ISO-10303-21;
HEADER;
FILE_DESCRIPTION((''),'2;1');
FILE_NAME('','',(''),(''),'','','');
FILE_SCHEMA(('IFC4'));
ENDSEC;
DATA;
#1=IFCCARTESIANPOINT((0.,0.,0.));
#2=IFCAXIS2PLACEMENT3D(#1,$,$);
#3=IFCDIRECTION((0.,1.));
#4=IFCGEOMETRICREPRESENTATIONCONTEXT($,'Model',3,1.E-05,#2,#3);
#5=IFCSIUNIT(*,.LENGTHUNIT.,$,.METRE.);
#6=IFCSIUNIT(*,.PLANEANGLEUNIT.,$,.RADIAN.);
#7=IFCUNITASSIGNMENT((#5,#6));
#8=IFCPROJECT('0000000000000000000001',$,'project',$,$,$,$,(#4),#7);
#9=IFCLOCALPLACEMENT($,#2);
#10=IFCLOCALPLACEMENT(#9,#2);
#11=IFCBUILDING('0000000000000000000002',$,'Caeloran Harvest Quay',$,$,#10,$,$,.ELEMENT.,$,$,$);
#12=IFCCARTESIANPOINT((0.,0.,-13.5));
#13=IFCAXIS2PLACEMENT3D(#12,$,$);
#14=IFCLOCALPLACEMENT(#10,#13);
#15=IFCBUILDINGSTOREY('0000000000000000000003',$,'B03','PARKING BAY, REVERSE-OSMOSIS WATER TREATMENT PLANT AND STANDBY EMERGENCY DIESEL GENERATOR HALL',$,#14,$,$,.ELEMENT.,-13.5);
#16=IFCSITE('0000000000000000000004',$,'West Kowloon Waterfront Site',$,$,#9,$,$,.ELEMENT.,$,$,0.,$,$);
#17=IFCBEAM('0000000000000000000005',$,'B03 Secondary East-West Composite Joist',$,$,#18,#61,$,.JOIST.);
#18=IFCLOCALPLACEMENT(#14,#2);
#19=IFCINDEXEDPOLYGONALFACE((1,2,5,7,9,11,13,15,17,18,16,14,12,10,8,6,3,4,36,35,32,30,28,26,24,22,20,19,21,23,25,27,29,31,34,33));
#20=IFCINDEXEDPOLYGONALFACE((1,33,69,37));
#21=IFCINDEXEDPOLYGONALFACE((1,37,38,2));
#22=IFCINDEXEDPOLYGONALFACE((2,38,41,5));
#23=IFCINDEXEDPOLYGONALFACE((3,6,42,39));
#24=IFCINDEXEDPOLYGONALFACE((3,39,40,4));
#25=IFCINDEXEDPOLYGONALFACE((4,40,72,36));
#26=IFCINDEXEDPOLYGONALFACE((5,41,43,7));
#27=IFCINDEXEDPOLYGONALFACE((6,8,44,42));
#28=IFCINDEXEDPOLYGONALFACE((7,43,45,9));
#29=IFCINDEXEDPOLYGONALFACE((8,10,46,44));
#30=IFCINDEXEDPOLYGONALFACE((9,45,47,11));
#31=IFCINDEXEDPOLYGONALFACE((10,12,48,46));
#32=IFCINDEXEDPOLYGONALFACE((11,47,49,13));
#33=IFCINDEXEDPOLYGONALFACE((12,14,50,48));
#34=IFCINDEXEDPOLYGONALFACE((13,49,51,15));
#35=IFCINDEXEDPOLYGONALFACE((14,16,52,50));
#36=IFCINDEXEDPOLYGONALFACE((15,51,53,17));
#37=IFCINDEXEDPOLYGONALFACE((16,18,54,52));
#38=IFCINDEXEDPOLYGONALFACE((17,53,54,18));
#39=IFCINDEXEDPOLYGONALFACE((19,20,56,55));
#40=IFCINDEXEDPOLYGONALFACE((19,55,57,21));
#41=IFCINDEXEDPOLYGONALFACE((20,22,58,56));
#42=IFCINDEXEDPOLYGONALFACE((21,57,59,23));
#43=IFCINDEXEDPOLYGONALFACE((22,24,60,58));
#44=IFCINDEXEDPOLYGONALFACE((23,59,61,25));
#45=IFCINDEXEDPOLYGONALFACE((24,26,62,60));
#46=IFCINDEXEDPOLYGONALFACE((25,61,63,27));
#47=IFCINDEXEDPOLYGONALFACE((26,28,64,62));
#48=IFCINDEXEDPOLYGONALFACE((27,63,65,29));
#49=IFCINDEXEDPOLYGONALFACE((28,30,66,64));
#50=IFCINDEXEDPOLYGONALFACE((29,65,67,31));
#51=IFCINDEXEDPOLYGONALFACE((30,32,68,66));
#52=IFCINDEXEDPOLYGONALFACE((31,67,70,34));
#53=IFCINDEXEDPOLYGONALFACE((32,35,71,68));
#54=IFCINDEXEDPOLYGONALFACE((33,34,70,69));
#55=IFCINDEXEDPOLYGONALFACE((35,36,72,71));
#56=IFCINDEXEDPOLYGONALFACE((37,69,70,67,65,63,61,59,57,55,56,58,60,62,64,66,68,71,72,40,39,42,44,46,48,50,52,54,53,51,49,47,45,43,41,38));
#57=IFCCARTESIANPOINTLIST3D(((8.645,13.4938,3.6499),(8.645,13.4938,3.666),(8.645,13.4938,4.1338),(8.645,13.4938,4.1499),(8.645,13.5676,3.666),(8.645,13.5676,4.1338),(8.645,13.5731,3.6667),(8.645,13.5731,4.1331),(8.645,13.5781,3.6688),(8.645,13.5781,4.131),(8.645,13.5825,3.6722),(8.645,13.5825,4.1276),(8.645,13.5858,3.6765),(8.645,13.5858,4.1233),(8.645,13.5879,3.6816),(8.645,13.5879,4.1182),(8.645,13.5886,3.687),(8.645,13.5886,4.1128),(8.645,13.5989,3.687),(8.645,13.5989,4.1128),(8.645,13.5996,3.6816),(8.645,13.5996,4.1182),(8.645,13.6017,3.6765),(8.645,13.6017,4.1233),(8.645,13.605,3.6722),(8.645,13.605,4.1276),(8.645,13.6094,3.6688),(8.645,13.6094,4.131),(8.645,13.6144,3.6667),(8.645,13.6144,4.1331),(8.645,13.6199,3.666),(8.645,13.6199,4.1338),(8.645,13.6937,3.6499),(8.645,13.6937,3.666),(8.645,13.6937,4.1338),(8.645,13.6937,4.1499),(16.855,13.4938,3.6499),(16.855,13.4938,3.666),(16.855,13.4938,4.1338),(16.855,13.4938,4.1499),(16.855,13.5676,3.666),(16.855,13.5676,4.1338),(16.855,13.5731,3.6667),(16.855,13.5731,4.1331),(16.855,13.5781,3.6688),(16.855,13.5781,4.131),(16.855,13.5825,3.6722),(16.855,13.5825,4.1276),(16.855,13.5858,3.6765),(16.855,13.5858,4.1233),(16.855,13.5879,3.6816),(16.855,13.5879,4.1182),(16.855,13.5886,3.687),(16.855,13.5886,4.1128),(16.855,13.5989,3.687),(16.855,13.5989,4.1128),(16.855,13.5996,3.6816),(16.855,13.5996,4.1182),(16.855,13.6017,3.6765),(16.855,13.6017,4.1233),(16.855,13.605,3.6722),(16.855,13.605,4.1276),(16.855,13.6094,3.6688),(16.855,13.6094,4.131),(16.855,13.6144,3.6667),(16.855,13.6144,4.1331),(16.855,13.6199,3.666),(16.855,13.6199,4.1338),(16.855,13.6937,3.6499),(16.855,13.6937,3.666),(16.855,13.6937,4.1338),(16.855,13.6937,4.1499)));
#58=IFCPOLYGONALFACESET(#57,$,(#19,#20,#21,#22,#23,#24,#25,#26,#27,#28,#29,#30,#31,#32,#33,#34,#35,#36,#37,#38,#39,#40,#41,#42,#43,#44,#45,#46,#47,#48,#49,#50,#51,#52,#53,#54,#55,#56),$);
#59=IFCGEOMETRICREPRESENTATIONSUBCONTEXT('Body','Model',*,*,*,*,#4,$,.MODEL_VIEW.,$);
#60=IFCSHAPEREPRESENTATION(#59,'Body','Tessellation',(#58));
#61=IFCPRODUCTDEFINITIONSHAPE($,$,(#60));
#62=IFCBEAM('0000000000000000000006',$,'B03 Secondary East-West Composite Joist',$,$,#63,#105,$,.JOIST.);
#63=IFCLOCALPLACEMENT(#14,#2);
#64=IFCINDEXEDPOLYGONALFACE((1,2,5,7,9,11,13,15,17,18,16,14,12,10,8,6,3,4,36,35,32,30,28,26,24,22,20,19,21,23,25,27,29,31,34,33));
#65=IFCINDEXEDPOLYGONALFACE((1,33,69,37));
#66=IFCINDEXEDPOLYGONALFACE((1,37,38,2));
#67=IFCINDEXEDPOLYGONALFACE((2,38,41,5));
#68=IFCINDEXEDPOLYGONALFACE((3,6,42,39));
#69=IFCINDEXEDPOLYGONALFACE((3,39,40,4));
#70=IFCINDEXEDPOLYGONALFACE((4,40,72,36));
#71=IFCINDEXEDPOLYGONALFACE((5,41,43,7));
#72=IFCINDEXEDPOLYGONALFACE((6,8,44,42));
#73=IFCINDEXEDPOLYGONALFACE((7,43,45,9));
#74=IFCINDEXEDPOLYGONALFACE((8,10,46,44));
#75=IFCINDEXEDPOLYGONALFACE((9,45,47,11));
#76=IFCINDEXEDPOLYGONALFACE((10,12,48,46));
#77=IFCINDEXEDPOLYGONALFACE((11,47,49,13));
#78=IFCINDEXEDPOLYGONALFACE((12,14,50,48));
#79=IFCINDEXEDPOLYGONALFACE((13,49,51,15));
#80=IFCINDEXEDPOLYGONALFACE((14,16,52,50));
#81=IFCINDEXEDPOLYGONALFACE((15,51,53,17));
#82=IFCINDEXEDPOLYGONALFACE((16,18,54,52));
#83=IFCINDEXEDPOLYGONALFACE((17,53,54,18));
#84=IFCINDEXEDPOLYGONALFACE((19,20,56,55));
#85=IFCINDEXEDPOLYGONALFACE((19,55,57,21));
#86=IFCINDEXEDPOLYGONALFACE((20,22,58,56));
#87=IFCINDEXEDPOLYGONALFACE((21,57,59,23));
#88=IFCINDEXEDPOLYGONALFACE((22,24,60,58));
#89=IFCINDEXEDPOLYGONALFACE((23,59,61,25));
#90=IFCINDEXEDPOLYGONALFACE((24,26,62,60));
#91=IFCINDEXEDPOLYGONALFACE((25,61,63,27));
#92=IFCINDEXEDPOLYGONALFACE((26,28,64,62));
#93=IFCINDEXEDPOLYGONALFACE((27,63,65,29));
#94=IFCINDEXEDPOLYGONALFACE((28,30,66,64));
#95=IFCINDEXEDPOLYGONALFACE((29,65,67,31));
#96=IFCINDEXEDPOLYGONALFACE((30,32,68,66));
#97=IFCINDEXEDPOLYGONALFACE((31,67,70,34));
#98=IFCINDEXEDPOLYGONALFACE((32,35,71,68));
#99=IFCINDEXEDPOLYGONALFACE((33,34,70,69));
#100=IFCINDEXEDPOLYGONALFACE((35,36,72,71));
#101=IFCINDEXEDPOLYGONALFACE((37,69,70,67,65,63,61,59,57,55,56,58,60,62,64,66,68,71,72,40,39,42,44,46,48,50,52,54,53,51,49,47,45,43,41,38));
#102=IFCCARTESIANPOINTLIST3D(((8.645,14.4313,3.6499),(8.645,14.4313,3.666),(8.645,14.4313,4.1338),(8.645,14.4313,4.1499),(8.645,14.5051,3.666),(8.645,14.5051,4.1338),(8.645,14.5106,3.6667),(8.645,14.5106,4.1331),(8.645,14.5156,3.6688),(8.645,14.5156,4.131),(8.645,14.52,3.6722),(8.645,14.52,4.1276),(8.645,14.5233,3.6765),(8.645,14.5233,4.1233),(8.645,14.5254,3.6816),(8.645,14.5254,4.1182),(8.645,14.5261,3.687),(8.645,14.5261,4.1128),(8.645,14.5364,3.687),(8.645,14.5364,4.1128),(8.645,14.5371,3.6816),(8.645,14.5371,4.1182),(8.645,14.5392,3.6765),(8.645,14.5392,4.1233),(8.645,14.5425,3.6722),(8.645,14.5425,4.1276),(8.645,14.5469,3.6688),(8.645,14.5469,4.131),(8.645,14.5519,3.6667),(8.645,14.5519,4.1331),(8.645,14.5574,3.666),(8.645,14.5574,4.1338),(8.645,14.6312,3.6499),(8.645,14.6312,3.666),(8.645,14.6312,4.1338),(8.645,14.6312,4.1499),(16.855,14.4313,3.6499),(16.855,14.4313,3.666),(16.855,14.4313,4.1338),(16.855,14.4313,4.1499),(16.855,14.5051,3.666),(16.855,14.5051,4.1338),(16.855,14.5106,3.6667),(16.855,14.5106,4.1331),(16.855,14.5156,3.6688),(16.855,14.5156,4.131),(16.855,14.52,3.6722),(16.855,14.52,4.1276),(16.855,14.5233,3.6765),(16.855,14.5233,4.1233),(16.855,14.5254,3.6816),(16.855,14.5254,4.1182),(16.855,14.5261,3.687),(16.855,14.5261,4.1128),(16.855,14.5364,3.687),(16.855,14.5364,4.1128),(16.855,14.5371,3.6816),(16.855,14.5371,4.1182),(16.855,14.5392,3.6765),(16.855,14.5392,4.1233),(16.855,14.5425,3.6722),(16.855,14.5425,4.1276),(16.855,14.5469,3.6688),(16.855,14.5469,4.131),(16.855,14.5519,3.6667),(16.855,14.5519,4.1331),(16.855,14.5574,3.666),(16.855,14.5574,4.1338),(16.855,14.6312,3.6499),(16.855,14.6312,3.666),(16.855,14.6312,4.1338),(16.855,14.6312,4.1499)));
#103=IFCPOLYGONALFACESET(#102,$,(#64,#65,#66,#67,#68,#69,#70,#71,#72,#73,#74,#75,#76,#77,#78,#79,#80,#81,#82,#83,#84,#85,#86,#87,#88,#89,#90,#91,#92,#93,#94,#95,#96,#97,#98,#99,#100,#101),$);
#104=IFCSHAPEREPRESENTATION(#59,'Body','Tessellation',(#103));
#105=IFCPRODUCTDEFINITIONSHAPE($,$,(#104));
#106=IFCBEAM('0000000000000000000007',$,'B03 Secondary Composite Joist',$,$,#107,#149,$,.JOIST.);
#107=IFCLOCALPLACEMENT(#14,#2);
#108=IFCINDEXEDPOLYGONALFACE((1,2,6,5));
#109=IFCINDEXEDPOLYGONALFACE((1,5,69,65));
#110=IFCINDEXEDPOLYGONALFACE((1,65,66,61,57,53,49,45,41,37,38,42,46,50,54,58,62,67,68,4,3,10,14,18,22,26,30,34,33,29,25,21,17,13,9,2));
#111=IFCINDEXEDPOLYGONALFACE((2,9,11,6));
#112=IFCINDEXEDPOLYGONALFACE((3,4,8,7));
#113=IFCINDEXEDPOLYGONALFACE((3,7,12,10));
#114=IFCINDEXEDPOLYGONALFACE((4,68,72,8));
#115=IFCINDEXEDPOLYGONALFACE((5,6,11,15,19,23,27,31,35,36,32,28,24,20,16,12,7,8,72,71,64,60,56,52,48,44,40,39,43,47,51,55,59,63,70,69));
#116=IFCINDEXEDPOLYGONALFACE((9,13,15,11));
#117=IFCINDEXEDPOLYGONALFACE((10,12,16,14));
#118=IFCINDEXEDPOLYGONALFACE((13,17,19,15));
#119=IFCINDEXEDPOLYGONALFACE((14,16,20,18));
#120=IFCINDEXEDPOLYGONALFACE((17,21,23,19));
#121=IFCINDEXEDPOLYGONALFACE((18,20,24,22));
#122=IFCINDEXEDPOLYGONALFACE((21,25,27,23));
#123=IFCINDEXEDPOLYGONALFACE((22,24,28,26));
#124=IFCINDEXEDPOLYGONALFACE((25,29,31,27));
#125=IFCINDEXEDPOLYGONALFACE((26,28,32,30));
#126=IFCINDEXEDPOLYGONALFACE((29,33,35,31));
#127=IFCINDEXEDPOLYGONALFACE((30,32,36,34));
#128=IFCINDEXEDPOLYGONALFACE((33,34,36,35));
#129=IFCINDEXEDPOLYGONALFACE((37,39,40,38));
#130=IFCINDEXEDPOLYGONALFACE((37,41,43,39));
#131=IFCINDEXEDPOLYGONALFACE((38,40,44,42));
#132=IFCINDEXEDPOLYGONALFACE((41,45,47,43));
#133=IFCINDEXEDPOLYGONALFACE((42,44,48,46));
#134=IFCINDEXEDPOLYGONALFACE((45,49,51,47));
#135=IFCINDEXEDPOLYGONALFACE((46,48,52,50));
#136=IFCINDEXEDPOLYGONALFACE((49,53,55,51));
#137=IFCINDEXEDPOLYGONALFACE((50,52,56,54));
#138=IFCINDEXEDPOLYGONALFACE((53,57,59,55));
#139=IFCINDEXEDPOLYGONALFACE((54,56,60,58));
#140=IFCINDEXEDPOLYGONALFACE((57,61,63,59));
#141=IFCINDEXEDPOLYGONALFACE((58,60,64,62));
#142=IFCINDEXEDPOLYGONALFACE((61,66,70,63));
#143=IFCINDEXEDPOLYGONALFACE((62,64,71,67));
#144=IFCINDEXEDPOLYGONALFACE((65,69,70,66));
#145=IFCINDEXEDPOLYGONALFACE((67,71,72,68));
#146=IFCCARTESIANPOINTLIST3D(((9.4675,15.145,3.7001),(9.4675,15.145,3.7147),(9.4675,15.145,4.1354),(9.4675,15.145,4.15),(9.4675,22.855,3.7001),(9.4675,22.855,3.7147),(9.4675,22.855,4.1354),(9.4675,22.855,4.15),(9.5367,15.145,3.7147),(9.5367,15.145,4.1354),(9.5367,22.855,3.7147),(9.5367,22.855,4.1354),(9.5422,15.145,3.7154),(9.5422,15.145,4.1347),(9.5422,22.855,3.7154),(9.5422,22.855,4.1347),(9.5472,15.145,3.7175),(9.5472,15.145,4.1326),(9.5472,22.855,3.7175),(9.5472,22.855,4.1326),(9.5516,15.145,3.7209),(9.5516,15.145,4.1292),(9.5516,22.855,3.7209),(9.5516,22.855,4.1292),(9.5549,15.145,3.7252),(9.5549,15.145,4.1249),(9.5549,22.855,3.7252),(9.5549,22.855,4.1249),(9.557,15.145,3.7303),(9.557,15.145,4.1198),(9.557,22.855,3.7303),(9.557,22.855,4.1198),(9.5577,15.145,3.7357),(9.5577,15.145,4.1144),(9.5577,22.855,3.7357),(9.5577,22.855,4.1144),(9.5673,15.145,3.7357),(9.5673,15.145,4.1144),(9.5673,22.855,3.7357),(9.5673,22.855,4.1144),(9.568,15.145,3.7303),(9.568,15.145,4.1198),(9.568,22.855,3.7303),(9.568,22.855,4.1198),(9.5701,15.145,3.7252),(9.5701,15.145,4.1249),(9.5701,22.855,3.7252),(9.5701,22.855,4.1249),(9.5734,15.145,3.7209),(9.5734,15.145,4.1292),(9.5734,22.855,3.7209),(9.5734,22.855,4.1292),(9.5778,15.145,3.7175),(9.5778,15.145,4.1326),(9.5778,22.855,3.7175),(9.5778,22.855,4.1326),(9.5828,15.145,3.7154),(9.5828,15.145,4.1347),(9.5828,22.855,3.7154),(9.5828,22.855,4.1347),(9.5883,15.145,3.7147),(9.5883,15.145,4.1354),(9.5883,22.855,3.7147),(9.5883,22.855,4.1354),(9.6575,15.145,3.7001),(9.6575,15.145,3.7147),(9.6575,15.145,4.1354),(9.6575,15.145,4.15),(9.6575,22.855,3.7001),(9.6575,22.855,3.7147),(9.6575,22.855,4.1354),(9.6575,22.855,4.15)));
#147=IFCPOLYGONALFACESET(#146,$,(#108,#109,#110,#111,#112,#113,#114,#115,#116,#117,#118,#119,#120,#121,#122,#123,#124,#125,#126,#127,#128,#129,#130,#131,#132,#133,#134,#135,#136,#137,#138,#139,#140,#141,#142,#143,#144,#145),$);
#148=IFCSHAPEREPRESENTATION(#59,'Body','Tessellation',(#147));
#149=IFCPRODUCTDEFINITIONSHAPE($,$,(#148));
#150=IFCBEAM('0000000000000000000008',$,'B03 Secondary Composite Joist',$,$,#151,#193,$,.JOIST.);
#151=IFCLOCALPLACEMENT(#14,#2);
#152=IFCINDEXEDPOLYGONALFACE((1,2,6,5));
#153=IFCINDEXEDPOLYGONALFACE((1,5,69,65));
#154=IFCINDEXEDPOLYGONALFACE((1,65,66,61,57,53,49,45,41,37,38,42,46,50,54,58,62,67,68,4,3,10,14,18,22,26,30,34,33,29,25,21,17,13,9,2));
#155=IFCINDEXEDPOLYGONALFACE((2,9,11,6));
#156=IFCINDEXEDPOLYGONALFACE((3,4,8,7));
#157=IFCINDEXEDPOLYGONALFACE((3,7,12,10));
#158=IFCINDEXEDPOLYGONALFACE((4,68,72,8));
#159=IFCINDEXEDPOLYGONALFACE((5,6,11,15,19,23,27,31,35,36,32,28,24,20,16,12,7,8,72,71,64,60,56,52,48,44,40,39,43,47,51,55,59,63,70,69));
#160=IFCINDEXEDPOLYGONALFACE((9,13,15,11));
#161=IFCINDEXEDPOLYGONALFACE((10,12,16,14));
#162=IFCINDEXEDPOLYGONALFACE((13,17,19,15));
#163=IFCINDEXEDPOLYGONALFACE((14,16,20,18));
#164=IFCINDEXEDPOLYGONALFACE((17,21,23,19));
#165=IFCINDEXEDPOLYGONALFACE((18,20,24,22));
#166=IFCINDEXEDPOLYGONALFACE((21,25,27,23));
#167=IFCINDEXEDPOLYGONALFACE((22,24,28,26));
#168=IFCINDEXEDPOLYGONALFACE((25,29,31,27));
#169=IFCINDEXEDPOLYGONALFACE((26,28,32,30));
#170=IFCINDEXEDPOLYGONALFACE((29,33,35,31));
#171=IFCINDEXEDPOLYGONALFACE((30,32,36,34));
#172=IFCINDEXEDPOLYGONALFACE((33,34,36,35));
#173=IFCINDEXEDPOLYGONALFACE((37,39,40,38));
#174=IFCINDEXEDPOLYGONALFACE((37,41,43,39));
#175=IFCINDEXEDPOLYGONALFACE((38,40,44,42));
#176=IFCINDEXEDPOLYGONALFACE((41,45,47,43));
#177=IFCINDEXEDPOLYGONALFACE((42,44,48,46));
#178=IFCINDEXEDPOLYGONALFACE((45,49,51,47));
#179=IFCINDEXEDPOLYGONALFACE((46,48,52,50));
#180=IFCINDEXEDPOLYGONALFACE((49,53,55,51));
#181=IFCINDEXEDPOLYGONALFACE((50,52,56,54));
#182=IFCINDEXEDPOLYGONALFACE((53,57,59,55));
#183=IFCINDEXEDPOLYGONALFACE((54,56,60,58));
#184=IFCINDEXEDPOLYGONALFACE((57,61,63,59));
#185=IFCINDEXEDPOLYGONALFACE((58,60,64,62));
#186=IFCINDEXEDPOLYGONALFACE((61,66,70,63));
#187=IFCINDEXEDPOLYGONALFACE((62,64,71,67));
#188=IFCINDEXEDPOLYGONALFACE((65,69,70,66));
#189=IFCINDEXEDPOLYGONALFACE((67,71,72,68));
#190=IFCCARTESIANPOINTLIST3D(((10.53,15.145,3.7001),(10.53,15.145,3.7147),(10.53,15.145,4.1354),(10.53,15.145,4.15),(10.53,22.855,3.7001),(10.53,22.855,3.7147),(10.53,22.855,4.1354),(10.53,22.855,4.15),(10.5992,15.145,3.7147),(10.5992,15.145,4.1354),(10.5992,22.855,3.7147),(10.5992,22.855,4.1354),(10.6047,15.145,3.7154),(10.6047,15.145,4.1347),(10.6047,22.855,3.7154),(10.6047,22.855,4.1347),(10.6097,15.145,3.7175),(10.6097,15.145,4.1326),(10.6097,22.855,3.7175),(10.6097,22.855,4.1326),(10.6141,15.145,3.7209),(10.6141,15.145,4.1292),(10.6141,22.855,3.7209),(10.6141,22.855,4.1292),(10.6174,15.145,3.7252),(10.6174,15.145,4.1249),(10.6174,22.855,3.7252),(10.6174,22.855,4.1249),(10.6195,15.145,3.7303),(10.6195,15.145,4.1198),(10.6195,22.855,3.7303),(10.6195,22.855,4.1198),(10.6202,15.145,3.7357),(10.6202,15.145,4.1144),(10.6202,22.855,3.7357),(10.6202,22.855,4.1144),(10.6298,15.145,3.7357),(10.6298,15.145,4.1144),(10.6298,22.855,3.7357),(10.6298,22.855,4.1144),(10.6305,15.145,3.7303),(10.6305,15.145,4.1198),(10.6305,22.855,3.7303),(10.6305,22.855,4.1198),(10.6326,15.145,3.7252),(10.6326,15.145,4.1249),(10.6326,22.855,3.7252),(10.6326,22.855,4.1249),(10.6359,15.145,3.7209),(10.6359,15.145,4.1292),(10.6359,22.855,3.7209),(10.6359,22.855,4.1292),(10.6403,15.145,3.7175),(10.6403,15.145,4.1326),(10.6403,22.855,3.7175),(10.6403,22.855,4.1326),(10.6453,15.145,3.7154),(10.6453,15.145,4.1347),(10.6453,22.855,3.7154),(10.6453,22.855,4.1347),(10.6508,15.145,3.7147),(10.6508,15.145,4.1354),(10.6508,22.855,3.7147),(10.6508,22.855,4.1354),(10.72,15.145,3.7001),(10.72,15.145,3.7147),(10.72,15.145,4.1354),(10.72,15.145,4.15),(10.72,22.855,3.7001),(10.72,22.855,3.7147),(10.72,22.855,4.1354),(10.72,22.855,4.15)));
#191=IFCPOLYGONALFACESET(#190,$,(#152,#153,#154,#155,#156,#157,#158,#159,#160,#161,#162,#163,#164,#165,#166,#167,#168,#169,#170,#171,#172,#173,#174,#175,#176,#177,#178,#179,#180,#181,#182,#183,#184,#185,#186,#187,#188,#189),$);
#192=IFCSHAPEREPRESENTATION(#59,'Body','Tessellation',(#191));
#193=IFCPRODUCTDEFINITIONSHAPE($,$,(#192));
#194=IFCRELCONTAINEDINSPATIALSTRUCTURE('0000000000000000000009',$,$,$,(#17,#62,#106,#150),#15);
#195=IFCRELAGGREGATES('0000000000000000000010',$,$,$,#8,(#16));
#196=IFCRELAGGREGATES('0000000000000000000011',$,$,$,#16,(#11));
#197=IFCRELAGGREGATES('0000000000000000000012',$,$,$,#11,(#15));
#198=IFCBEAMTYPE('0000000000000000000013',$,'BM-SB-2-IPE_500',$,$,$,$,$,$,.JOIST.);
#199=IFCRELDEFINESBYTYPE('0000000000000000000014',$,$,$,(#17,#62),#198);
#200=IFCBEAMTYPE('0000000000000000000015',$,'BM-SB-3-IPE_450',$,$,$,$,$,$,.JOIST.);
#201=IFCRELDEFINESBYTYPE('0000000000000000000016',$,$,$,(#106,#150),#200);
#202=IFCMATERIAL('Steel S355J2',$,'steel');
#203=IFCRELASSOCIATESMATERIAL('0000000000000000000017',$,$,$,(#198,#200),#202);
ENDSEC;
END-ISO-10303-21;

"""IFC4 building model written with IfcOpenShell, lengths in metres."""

from ifc_helpers import new_model, si_unit, direction, frame, origin, origin_2d, place, context, subcontext, project, spatial, i_section, extrude, material, material_profile, profile_set, type_object, element, save


model = new_model("IFC4")

# Units and contexts
model_context = context("Model", 3, precision=1e-05, world=origin(), true_north=direction((0.0, 1.0)))
body_context = subcontext(model_context, "Body", "Model", "MODEL_VIEW")
ifc_project = project(units=[si_unit("LENGTHUNIT", "METRE"), si_unit("PLANEANGLEUNIT", "RADIAN")], contexts=[model_context])

# Site, building, storey
site_placement = place(None, origin())
site = spatial("IfcSite", under=ifc_project, at=site_placement, Name="West Kowloon Waterfront Site", CompositionType="ELEMENT", RefElevation=0.0)
building_placement = place(site_placement, origin())
building = spatial("IfcBuilding", under=site, at=building_placement, Name="Caeloran Harvest Quay", CompositionType="ELEMENT")
storey_placement = place(building_placement, frame((0.0, 0.0, -13.5)))
storey = spatial("IfcBuildingStorey", under=building, at=storey_placement, Name="B03", Description="PARKING BAY, REVERSE-OSMOSIS WATER TREATMENT PLANT AND STANDBY EMERGENCY DIESEL GENERATOR HALL", CompositionType="ELEMENT", Elevation=-13.5)

# Beams
ifc_material_1 = material(Name="Steel S355J2", Category="steel")
ifc_material_profile_1 = material_profile(ifc_material_1, i_section(OverallWidth=0.2, OverallDepth=0.5, WebThickness=0.0103, FlangeThickness=0.0161, FilletRadius=0.021, at=origin_2d()), Name="IPE 500")
ifc_profile_set_1 = profile_set([ifc_material_profile_1], Name="Steel S355J2")
beam_type_1 = type_object("IfcBeamType", Name="BM-SB-2-IPE_500", PredefinedType="JOIST", material=ifc_profile_set_1)
for number, where, z_axis, x_axis, name in (
    (1, (8.645, 13.5938, 3.8999), (1.0, 0.0, 0.0), (0.0, 1.0, 0.0), "B03 Secondary East-West Composite Joist"),
    (2, (8.645, 14.5312, 3.8999), (1.0, 0.0, 0.0), (0.0, 1.0, 0.0), "B03 Secondary East-West Composite Joist"),
):
    element("IfcBeam", number, at=place(storey_placement, frame(where, z_axis=z_axis, x_axis=x_axis)), inside=storey, type_object=beam_type_1, Name=name, PredefinedType="JOIST", context=body_context, shape_type="SweptSolid", body=[
        extrude(i_section(OverallWidth=0.2, OverallDepth=0.5, WebThickness=0.0103, FlangeThickness=0.0161, FilletRadius=0.021, at=origin_2d()), origin(), (0.0, 0.0, 1.0), 8.21),
    ])
ifc_material_profile_2 = material_profile(ifc_material_1, i_section(OverallWidth=0.1899, OverallDepth=0.45, WebThickness=0.0095, FlangeThickness=0.0146, FilletRadius=0.021, at=origin_2d()), Name="IPE 450")
ifc_profile_set_2 = profile_set([ifc_material_profile_2], Name="Steel S355J2")
beam_type_2 = type_object("IfcBeamType", Name="BM-SB-3-IPE_450", PredefinedType="JOIST", material=ifc_profile_set_2)
for number, where, z_axis, x_axis, name in (
    (3, (9.5625, 15.145, 3.925), (0.0, 1.0, 0.0), (-1.0, 0.0, 0.0), "B03 Secondary Composite Joist"),
    (4, (10.625, 15.145, 3.925), (0.0, 1.0, 0.0), (-1.0, 0.0, 0.0), "B03 Secondary Composite Joist"),
):
    element("IfcBeam", number, at=place(storey_placement, frame(where, z_axis=z_axis, x_axis=x_axis)), inside=storey, type_object=beam_type_2, Name=name, PredefinedType="JOIST", context=body_context, shape_type="SweptSolid", body=[
        extrude(i_section(OverallWidth=0.1899, OverallDepth=0.45, WebThickness=0.0095, FlangeThickness=0.0146, FilletRadius=0.021, at=origin_2d()), origin(), (0.0, 0.0, 1.0), 7.71),
    ])

save(model, "model.ifc")
